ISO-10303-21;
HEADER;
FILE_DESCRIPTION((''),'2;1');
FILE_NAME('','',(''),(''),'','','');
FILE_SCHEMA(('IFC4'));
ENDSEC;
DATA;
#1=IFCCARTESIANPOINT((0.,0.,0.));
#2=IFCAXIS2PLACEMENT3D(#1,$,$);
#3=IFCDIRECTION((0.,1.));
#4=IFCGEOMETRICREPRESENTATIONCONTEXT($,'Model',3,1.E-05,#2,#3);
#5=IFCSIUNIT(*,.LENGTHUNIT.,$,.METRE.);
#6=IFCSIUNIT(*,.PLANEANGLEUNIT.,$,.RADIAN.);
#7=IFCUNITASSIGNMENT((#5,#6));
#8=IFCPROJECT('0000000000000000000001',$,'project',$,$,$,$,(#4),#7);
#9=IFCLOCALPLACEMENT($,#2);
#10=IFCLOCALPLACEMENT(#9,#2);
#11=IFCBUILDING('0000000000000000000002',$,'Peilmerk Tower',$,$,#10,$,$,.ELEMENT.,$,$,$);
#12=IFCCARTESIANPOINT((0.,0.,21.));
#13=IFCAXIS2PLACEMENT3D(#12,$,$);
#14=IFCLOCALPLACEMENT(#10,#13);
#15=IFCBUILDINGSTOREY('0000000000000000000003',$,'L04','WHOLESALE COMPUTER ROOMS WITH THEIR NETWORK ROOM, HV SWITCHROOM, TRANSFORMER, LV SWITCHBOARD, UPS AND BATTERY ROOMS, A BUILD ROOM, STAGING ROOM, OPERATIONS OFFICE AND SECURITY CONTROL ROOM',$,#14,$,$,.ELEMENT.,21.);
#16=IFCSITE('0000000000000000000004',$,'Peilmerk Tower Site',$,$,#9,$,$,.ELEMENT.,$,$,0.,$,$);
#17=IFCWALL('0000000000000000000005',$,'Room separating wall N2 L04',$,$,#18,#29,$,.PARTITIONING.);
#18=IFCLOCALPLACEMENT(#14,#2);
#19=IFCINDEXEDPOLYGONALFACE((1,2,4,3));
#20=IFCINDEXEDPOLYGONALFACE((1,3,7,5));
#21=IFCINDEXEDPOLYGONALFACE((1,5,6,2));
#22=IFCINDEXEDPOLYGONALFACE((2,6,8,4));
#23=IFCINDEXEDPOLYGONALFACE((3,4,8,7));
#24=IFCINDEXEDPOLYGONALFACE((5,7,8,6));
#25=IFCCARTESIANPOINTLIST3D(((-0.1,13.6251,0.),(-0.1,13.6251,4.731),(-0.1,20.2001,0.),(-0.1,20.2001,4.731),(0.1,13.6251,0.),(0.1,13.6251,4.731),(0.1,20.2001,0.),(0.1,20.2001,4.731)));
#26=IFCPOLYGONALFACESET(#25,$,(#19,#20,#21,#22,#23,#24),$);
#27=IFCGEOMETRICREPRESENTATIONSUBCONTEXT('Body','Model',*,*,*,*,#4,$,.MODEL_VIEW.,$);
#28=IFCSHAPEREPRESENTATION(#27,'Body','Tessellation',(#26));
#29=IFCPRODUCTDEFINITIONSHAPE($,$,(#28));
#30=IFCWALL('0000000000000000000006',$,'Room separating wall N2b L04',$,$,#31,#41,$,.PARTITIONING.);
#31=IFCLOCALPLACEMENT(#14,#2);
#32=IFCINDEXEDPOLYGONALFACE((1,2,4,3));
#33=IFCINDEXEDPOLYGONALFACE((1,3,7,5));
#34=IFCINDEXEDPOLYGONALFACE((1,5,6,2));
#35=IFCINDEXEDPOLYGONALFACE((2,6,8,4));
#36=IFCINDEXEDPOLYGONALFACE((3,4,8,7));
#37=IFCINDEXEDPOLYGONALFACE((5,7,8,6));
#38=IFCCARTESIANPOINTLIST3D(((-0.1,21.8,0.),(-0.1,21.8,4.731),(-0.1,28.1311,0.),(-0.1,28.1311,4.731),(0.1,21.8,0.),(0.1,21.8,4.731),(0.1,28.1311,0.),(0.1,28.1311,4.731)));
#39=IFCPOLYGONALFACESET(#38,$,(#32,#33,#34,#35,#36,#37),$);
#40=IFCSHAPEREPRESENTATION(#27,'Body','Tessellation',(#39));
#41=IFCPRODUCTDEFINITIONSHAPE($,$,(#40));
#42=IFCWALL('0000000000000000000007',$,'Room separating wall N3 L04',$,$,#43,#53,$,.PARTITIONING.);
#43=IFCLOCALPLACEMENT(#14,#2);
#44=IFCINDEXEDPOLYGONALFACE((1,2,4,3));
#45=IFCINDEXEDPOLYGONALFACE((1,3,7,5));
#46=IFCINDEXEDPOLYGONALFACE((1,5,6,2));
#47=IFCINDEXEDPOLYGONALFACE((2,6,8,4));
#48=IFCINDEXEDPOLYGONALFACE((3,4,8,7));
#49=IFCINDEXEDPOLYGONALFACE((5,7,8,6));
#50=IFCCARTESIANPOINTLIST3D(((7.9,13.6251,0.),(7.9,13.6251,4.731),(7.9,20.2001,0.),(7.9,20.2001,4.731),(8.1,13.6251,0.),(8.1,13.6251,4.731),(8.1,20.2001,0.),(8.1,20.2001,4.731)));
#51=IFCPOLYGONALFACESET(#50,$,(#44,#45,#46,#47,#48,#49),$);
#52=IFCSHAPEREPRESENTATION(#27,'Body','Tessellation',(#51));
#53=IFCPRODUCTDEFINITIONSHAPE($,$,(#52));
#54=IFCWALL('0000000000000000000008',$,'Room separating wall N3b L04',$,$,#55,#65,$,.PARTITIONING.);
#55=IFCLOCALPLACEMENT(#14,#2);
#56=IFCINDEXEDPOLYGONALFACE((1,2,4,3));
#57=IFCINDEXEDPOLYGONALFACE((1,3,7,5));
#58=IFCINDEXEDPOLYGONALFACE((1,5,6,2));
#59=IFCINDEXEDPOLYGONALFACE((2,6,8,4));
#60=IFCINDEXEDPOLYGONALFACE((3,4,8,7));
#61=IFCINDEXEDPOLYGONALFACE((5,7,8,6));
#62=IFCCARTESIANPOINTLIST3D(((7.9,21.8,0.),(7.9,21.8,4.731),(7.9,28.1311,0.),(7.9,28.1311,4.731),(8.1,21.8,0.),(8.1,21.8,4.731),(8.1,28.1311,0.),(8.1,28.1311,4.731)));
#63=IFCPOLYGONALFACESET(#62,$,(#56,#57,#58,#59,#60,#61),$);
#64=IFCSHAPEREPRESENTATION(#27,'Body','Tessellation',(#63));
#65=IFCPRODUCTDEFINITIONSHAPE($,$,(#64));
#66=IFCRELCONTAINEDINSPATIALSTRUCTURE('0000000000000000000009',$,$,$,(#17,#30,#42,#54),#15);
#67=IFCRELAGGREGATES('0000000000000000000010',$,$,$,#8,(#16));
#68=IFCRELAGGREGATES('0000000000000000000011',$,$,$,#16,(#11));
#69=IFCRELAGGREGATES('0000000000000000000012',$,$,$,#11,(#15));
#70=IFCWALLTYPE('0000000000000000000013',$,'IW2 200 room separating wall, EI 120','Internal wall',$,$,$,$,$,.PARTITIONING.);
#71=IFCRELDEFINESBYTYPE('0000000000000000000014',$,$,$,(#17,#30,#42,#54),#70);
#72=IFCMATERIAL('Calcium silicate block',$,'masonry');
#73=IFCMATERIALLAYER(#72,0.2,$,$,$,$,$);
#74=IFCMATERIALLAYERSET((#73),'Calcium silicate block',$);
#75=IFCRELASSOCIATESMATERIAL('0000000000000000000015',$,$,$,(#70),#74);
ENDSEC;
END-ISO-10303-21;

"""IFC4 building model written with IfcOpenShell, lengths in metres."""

from ifc_helpers import new_model, si_unit, direction, frame, frame_2d, origin, place, context, subcontext, project, spatial, rectangle, extrude, material, layer, layer_set, type_object, element, save


model = new_model("IFC4")

# Units and contexts
model_context = context("Model", 3, precision=1e-05, world=origin(), true_north=direction((0.0, 1.0)))
body_context = subcontext(model_context, "Body", "Model", "MODEL_VIEW")
ifc_project = project(units=[si_unit("LENGTHUNIT", "METRE"), si_unit("PLANEANGLEUNIT", "RADIAN")], contexts=[model_context])

# Site, building, storey
site_placement = place(None, origin())
site = spatial("IfcSite", under=ifc_project, at=site_placement, Name="Peilmerk Tower Site", CompositionType="ELEMENT", RefElevation=0.0)
building_placement = place(site_placement, origin())
building = spatial("IfcBuilding", under=site, at=building_placement, Name="Peilmerk Tower", CompositionType="ELEMENT")
storey_placement = place(building_placement, frame((0.0, 0.0, 21.0)))
storey = spatial("IfcBuildingStorey", under=building, at=storey_placement, Name="L04", Description="WHOLESALE COMPUTER ROOMS WITH THEIR NETWORK ROOM, HV SWITCHROOM, TRANSFORMER, LV SWITCHBOARD, UPS AND BATTERY ROOMS, A BUILD ROOM, STAGING ROOM, OPERATIONS OFFICE AND SECURITY CONTROL ROOM", CompositionType="ELEMENT", Elevation=21.0)

# Walls
ifc_material_1 = material(Name="Calcium silicate block", Category="masonry")
ifc_layer = layer(ifc_material_1, 0.2)
ifc_layer_set = layer_set([ifc_layer], Name="Calcium silicate block")
wall_type = type_object("IfcWallType", Name="IW2 200 room separating wall, EI 120", Description="Internal wall", PredefinedType="PARTITIONING", material=ifc_layer_set)
wall_1_placement = place(storey_placement, frame((0.0, 13.625, 0.0), z_axis=(0.0, 0.0, 1.0), x_axis=(0.0, 1.0, 0.0)))
element("IfcWall", 1, at=wall_1_placement, inside=storey, type_object=wall_type, Name="Room separating wall N2 L04", PredefinedType="PARTITIONING", context=body_context, shape_type="SweptSolid", body=[
    extrude(rectangle(XDim=6.575, YDim=0.2, at=frame_2d((3.2876, 0.0))), origin(), (0.0, 0.0, 1.0), 4.731),
])
wall_2_placement = place(storey_placement, frame((0.0, 21.8, 0.0), z_axis=(0.0, 0.0, 1.0), x_axis=(0.0, 1.0, 0.0)))
element("IfcWall", 2, at=wall_2_placement, inside=storey, type_object=wall_type, Name="Room separating wall N2b L04", PredefinedType="PARTITIONING", context=body_context, shape_type="SweptSolid", body=[
    extrude(rectangle(XDim=6.3311, YDim=0.2, at=frame_2d((3.1655, 0.0))), origin(), (0.0, 0.0, 1.0), 4.731),
])
wall_3_placement = place(storey_placement, frame((8.0, 13.625, 0.0), z_axis=(0.0, 0.0, 1.0), x_axis=(0.0, 1.0, 0.0)))
element("IfcWall", 3, at=wall_3_placement, inside=storey, type_object=wall_type, Name="Room separating wall N3 L04", PredefinedType="PARTITIONING", context=body_context, shape_type="SweptSolid", body=[
    extrude(rectangle(XDim=6.575, YDim=0.2, at=frame_2d((3.2876, 0.0))), origin(), (0.0, 0.0, 1.0), 4.731),
])
wall_4_placement = place(storey_placement, frame((8.0, 21.8, 0.0), z_axis=(0.0, 0.0, 1.0), x_axis=(0.0, 1.0, 0.0)))
element("IfcWall", 4, at=wall_4_placement, inside=storey, type_object=wall_type, Name="Room separating wall N3b L04", PredefinedType="PARTITIONING", context=body_context, shape_type="SweptSolid", body=[
    extrude(rectangle(XDim=6.3311, YDim=0.2, at=frame_2d((3.1655, 0.0))), origin(), (0.0, 0.0, 1.0), 4.731),
])

save(model, "model.ifc")
